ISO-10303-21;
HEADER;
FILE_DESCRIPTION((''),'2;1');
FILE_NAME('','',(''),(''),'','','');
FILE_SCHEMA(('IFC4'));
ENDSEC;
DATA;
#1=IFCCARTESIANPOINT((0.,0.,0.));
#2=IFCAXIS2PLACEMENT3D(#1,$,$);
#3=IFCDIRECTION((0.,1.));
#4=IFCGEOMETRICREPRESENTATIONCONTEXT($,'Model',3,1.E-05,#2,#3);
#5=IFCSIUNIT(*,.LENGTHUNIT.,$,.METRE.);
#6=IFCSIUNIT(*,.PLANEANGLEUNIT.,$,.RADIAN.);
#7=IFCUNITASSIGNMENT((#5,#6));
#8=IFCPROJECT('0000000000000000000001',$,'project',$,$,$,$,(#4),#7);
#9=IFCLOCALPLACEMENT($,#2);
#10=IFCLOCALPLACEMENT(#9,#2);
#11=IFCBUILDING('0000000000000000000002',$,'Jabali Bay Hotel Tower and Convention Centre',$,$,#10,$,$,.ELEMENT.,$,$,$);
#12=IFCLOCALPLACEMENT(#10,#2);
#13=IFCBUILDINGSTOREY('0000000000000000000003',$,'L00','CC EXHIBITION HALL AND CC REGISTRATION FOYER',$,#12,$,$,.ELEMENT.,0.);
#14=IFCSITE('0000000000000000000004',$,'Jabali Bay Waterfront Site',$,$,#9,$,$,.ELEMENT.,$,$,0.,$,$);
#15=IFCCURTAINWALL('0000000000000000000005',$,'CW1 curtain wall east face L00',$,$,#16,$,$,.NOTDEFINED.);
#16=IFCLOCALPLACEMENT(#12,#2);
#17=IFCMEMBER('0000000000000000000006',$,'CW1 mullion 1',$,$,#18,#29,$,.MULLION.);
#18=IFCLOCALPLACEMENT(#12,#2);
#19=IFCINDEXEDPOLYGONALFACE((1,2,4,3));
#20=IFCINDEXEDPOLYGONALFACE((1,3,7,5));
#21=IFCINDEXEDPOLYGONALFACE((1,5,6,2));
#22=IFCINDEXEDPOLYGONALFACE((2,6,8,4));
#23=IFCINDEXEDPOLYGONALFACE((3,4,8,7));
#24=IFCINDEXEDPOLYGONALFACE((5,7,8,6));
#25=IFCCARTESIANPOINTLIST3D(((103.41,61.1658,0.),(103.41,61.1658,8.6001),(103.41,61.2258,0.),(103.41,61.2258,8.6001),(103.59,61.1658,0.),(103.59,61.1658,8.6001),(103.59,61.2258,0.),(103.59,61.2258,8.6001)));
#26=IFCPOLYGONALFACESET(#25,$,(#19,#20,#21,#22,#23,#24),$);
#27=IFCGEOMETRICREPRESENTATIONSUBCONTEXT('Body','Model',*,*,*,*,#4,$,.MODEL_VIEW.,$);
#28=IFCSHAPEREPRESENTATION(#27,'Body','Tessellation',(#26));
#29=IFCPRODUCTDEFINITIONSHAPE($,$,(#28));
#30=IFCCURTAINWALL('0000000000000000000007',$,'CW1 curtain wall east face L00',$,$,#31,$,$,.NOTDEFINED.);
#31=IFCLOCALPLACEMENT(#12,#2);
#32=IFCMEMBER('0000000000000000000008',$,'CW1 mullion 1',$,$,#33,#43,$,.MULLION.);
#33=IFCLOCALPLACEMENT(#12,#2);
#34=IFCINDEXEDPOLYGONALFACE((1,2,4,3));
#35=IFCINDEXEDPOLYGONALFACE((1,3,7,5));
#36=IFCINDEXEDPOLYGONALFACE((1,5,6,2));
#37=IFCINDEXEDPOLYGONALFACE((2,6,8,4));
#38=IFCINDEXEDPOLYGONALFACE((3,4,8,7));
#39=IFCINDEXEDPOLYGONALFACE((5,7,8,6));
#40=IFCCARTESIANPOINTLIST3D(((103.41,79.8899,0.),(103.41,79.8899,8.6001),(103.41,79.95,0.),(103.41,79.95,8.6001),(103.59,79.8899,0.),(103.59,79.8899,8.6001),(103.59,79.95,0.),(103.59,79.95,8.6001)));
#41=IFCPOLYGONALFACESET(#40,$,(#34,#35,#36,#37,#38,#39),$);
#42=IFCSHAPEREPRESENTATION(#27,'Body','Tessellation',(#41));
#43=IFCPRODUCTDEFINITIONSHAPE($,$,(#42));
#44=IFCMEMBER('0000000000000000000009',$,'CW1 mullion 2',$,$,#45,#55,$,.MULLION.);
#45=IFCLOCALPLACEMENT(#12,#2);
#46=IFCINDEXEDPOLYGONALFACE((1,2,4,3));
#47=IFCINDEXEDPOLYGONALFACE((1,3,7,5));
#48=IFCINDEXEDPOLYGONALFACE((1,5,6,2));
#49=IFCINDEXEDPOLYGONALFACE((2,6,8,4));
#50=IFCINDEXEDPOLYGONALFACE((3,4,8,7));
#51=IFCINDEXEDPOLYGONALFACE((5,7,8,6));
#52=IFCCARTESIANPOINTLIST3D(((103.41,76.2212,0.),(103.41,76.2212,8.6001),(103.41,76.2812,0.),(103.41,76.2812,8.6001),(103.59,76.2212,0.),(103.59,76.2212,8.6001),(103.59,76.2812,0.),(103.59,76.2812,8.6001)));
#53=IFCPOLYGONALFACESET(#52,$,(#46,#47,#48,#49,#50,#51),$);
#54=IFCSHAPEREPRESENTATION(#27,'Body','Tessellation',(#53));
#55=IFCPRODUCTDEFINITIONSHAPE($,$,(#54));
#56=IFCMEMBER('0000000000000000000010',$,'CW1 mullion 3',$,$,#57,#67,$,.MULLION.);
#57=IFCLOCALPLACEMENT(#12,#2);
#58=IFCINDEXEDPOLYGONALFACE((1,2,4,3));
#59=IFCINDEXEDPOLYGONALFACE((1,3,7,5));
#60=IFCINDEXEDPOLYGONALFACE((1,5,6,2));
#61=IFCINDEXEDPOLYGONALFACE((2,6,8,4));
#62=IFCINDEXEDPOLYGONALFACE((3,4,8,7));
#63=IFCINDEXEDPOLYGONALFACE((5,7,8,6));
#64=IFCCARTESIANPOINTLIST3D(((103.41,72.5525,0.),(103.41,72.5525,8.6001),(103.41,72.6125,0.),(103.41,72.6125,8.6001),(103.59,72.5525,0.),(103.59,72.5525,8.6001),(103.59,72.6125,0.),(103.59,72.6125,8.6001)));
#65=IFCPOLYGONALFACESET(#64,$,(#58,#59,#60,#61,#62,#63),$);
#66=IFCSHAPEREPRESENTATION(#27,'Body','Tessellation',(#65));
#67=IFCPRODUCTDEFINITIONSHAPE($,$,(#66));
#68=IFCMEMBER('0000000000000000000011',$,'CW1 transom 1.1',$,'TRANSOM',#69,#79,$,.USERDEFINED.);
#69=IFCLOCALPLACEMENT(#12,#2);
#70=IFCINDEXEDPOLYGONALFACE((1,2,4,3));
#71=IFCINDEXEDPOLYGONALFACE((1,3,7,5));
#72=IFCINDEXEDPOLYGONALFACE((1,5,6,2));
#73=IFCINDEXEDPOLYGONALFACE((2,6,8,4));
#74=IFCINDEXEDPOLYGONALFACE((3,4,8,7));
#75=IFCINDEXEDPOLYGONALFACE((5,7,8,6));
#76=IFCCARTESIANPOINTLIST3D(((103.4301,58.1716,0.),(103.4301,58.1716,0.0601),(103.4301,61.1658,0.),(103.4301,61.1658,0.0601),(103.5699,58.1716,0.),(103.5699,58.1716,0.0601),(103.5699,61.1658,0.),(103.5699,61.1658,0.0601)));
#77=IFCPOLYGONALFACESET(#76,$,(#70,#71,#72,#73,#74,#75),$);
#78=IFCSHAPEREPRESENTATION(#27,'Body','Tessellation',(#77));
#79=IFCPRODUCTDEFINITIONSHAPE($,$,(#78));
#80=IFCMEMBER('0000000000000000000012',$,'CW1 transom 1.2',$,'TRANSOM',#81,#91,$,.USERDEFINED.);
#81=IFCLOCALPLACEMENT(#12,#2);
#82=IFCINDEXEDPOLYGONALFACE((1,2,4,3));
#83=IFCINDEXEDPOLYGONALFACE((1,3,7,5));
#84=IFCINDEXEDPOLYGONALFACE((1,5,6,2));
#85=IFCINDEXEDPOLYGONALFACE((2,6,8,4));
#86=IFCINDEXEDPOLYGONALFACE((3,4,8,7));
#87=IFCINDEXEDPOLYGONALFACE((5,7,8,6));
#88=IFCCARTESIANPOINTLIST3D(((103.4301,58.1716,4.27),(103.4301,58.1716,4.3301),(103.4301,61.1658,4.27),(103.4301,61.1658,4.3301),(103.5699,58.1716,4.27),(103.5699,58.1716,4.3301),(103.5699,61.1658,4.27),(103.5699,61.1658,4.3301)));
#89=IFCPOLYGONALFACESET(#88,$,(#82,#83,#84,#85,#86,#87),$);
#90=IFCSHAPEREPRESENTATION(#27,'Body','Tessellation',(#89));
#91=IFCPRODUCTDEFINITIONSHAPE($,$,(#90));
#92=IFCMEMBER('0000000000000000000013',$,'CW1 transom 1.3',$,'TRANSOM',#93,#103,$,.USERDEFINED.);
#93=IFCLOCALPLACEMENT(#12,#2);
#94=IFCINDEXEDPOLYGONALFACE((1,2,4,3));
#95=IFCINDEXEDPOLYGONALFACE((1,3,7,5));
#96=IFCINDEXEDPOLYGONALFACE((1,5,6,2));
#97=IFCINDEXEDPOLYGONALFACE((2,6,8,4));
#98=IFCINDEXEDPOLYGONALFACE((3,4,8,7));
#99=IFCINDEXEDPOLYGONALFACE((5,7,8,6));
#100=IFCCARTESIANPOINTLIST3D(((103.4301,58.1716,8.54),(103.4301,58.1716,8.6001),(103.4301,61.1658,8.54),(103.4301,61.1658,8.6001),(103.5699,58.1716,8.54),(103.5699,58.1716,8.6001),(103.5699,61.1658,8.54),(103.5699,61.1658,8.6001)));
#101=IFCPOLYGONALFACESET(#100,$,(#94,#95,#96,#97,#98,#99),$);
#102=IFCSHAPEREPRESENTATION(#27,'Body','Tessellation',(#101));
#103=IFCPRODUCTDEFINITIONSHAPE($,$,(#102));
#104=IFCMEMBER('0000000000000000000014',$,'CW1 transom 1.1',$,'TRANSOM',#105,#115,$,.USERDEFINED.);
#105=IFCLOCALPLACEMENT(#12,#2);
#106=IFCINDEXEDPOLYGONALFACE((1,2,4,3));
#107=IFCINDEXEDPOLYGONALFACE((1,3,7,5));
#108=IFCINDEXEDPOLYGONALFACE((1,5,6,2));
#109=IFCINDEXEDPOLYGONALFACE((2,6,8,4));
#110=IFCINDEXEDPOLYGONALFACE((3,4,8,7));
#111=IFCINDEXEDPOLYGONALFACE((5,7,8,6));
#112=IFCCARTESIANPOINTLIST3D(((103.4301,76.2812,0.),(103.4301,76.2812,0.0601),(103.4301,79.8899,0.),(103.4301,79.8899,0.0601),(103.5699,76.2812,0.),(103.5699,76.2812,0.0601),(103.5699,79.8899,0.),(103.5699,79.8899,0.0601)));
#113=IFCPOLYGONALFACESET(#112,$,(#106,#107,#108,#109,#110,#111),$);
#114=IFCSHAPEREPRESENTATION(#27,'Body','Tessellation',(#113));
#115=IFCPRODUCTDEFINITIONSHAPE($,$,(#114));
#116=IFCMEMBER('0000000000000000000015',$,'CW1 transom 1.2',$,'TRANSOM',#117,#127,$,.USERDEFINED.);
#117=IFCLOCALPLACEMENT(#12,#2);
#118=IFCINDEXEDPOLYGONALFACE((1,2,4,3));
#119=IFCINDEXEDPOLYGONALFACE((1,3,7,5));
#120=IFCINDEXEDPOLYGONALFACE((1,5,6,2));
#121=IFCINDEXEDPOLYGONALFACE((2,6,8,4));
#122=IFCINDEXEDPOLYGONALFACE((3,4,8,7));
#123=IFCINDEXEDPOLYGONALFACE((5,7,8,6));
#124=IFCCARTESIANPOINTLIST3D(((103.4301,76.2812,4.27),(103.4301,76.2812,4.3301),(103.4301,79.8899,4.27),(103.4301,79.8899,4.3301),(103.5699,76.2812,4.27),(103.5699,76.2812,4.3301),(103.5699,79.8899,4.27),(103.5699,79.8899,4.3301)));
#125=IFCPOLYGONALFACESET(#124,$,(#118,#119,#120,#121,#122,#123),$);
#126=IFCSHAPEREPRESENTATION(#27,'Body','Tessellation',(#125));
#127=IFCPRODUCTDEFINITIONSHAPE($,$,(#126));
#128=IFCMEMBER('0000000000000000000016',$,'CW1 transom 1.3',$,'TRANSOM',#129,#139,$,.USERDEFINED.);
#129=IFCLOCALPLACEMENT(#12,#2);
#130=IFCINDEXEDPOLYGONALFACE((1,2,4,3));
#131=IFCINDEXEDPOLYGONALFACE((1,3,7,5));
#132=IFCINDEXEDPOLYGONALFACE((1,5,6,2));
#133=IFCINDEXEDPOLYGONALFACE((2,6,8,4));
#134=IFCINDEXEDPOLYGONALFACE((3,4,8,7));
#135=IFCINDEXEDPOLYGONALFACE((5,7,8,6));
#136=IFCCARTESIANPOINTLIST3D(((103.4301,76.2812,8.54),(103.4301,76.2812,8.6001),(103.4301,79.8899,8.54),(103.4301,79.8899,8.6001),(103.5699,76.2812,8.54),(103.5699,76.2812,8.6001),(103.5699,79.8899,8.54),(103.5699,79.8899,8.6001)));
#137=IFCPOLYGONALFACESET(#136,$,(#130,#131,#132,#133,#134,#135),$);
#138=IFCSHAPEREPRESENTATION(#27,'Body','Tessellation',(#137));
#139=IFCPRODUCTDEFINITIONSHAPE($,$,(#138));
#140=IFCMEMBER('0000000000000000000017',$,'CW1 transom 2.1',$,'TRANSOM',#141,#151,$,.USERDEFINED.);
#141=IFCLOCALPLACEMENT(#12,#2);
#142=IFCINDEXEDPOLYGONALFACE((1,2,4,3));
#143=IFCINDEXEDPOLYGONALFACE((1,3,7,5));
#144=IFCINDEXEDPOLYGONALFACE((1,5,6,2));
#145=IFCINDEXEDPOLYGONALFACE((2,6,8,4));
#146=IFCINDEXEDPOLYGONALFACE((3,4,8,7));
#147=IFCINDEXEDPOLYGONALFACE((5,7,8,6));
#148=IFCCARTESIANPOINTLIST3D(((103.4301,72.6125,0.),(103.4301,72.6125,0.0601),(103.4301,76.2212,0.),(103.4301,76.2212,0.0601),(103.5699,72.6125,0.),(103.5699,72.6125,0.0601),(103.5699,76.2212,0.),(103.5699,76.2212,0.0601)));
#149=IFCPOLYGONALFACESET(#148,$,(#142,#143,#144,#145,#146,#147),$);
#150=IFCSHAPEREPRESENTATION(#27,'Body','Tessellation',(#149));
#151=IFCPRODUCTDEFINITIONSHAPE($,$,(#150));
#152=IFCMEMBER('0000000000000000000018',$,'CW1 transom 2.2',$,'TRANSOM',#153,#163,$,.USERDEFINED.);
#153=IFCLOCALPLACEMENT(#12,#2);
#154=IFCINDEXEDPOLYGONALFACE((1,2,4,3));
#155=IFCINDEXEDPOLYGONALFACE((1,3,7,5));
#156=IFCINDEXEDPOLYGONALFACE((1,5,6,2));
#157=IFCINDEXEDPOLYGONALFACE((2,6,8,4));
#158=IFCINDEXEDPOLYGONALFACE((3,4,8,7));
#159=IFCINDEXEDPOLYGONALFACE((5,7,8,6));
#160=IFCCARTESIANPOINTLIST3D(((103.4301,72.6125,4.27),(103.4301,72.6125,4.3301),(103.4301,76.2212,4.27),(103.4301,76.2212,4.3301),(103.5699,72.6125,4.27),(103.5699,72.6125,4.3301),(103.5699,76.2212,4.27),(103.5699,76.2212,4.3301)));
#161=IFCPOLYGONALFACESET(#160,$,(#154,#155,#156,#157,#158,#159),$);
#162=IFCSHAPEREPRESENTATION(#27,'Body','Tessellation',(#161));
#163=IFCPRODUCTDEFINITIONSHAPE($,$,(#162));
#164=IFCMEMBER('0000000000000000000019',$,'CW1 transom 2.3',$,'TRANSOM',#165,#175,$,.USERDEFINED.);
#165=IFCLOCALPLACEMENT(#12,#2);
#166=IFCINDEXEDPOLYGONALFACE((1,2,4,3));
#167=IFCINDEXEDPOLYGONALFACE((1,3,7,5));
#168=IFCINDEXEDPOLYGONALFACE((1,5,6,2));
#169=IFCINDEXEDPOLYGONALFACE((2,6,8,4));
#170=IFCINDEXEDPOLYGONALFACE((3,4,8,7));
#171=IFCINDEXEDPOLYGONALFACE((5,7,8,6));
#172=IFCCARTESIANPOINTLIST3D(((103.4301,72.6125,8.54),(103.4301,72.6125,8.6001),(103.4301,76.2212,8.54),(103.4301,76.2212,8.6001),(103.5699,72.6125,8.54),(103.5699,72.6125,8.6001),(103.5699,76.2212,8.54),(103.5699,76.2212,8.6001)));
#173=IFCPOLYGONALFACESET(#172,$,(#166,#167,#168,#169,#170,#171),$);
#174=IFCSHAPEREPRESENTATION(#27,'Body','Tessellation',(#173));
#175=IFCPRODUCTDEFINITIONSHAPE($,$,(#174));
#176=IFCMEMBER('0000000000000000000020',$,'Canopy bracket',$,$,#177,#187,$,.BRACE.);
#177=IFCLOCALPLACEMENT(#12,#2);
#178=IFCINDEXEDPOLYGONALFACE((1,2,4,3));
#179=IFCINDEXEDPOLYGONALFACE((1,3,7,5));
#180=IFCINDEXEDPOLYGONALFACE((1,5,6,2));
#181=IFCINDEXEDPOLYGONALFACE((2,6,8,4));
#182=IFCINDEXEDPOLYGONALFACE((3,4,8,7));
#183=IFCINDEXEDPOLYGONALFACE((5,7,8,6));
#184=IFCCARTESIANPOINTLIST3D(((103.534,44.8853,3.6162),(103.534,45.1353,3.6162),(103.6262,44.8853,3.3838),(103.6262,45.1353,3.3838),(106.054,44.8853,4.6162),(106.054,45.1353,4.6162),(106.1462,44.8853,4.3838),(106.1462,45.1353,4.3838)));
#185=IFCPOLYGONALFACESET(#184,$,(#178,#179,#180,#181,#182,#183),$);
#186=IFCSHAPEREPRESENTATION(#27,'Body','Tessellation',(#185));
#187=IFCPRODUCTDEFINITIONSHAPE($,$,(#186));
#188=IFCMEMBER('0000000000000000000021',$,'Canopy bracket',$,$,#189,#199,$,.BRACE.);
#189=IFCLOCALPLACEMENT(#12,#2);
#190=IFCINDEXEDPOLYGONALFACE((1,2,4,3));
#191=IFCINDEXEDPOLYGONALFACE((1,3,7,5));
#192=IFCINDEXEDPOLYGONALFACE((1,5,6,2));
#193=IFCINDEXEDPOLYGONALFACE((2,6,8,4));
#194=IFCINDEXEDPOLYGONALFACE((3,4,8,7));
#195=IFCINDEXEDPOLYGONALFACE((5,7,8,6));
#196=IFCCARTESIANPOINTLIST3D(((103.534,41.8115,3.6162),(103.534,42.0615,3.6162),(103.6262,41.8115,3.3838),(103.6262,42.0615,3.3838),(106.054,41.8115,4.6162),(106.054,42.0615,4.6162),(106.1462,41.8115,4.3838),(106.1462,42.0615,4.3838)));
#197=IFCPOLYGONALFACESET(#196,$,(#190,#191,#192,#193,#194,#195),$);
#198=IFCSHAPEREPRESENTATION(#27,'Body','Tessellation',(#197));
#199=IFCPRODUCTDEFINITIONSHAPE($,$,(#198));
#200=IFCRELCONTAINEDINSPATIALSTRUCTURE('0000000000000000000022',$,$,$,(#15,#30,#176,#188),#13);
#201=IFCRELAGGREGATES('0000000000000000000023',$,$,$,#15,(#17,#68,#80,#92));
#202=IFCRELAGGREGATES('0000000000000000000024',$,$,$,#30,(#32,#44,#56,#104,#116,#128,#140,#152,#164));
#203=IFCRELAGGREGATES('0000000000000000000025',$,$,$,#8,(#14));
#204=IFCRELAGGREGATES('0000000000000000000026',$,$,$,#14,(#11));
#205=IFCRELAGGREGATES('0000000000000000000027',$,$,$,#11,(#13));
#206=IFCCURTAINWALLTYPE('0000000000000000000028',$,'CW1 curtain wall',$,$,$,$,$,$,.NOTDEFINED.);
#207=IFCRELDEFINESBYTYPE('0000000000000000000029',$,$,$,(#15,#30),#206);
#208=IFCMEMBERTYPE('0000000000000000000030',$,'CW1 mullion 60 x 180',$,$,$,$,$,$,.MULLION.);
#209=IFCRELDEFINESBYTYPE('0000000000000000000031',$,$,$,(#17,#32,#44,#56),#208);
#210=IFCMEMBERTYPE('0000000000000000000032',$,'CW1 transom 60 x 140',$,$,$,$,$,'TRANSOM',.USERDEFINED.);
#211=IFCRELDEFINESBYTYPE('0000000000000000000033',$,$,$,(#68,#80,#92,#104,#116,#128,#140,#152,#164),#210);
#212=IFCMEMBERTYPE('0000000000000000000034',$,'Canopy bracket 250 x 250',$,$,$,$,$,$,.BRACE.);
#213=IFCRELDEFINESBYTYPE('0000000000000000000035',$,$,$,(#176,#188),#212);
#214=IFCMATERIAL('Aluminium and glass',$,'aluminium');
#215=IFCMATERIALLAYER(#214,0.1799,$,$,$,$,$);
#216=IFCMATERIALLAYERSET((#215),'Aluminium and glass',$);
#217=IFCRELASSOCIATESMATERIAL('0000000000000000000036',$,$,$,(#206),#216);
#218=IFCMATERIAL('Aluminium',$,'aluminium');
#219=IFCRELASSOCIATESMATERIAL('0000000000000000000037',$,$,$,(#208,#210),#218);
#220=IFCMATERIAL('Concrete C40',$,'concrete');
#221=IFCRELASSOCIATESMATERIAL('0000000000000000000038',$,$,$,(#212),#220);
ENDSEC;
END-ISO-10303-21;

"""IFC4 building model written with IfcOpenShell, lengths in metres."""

from ifc_helpers import new_model, si_unit, direction, frame, origin, origin_2d, place, context, subcontext, project, spatial, rectangle, extrude, material, layer, layer_set, material_profile, profile_set, type_object, element, aggregate, save


model = new_model("IFC4")

# Units and contexts
model_context = context("Model", 3, precision=1e-05, world=origin(), true_north=direction((0.0, 1.0)))
body_context = subcontext(model_context, "Body", "Model", "MODEL_VIEW")
ifc_project = project(units=[si_unit("LENGTHUNIT", "METRE"), si_unit("PLANEANGLEUNIT", "RADIAN")], contexts=[model_context])

# Site, building, storey
site_placement = place(None, origin())
site = spatial("IfcSite", under=ifc_project, at=site_placement, Name="Jabali Bay Waterfront Site", CompositionType="ELEMENT", RefElevation=0.0)
building_placement = place(site_placement, origin())
building = spatial("IfcBuilding", under=site, at=building_placement, Name="Jabali Bay Hotel Tower and Convention Centre", CompositionType="ELEMENT")
storey_placement = place(building_placement, origin())
storey = spatial("IfcBuildingStorey", under=building, at=storey_placement, Name="L00", Description="CC EXHIBITION HALL AND CC REGISTRATION FOYER", CompositionType="ELEMENT", Elevation=0.0)

# Curtain wall, member
ifc_material_1 = material(Name="Aluminium and glass", Category="aluminium")
ifc_layer_1 = layer(ifc_material_1, 0.1799)
ifc_layer_set_1 = layer_set([ifc_layer_1], Name="Aluminium and glass")
curtain_wall_type = type_object("IfcCurtainWallType", Name="CW1 curtain wall", PredefinedType="NOTDEFINED", material=ifc_layer_set_1)
curtain_wall_1_placement = place(storey_placement, origin())
curtain_wall_1 = element("IfcCurtainWall", 1, at=curtain_wall_1_placement, inside=storey, type_object=curtain_wall_type, Name="CW1 curtain wall east face L00", PredefinedType="NOTDEFINED")
ifc_material_2 = material(Name="Aluminium", Category="aluminium")
ifc_material_profile_1 = material_profile(ifc_material_2, rectangle(XDim=0.1799, YDim=0.0601, at=origin_2d()), Name="CW1 mullion 60 x 180")
ifc_profile_set_1 = profile_set([ifc_material_profile_1], Name="Aluminium")
member_type_1 = type_object("IfcMemberType", Name="CW1 mullion 60 x 180", PredefinedType="MULLION", material=ifc_profile_set_1)
member_1_placement = place(storey_placement, frame((103.5, 61.1958, 0.0), z_axis=(0.0, 0.0, 1.0), x_axis=(1.0, 0.0, 0.0)))
member_1 = element("IfcMember", 2, at=member_1_placement, type_object=member_type_1, Name="CW1 mullion 1", PredefinedType="MULLION", context=body_context, shape_type="SweptSolid", body=[
    extrude(rectangle(XDim=0.1799, YDim=0.0601, at=origin_2d()), origin(), (0.0, 0.0, 1.0), 8.6001),
])

# Curtain wall, members
curtain_wall_2_placement = place(storey_placement, origin())
curtain_wall_2 = element("IfcCurtainWall", 3, at=curtain_wall_2_placement, inside=storey, type_object=curtain_wall_type, Name="CW1 curtain wall east face L00", PredefinedType="NOTDEFINED")
member_2_placement = place(storey_placement, frame((103.5, 79.9199, 0.0), z_axis=(0.0, 0.0, 1.0), x_axis=(1.0, 0.0, 0.0)))
member_2 = element("IfcMember", 4, at=member_2_placement, type_object=member_type_1, Name="CW1 mullion 1", PredefinedType="MULLION", context=body_context, shape_type="SweptSolid", body=[
    extrude(rectangle(XDim=0.1799, YDim=0.0601, at=origin_2d()), origin(), (0.0, 0.0, 1.0), 8.6001),
])
member_3_placement = place(storey_placement, frame((103.5, 76.2512, 0.0), z_axis=(0.0, 0.0, 1.0), x_axis=(1.0, 0.0, 0.0)))
member_3 = element("IfcMember", 5, at=member_3_placement, type_object=member_type_1, Name="CW1 mullion 2", PredefinedType="MULLION", context=body_context, shape_type="SweptSolid", body=[
    extrude(rectangle(XDim=0.1799, YDim=0.0601, at=origin_2d()), origin(), (0.0, 0.0, 1.0), 8.6001),
])
member_4_placement = place(storey_placement, frame((103.5, 72.5825, 0.0), z_axis=(0.0, 0.0, 1.0), x_axis=(1.0, 0.0, 0.0)))
member_4 = element("IfcMember", 6, at=member_4_placement, type_object=member_type_1, Name="CW1 mullion 3", PredefinedType="MULLION", context=body_context, shape_type="SweptSolid", body=[
    extrude(rectangle(XDim=0.1799, YDim=0.0601, at=origin_2d()), origin(), (0.0, 0.0, 1.0), 8.6001),
])

# Members
ifc_material_profile_2 = material_profile(ifc_material_2, rectangle(XDim=0.1399, YDim=0.0601, at=origin_2d()), Name="CW1 transom 60 x 140")
ifc_profile_set_2 = profile_set([ifc_material_profile_2], Name="Aluminium")
member_type_2 = type_object("IfcMemberType", Name="CW1 transom 60 x 140", ElementType="TRANSOM", PredefinedType="USERDEFINED", material=ifc_profile_set_2)
member_5_placement = place(storey_placement, frame((103.5, 61.1658, 0.03), z_axis=(0.0, -1.0, 0.0), x_axis=(1.0, 0.0, 0.0)))
member_5 = element("IfcMember", 7, at=member_5_placement, type_object=member_type_2, Name="CW1 transom 1.1", ObjectType="TRANSOM", PredefinedType="USERDEFINED", context=body_context, shape_type="SweptSolid", body=[
    extrude(rectangle(XDim=0.1399, YDim=0.0601, at=origin_2d()), origin(), (0.0, 0.0, 1.0), 2.9941),
])
member_6_placement = place(storey_placement, frame((103.5, 61.1658, 4.3), z_axis=(0.0, -1.0, 0.0), x_axis=(1.0, 0.0, 0.0)))
member_6 = element("IfcMember", 8, at=member_6_placement, type_object=member_type_2, Name="CW1 transom 1.2", ObjectType="TRANSOM", PredefinedType="USERDEFINED", context=body_context, shape_type="SweptSolid", body=[
    extrude(rectangle(XDim=0.1399, YDim=0.0601, at=origin_2d()), origin(), (0.0, 0.0, 1.0), 2.9941),
])
member_7_placement = place(storey_placement, frame((103.5, 61.1658, 8.5701), z_axis=(0.0, -1.0, 0.0), x_axis=(1.0, 0.0, 0.0)))
member_7 = element("IfcMember", 9, at=member_7_placement, type_object=member_type_2, Name="CW1 transom 1.3", ObjectType="TRANSOM", PredefinedType="USERDEFINED", context=body_context, shape_type="SweptSolid", body=[
    extrude(rectangle(XDim=0.1399, YDim=0.0601, at=origin_2d()), origin(), (0.0, 0.0, 1.0), 2.9941),
])
member_8_placement = place(storey_placement, frame((103.5, 79.8899, 0.03), z_axis=(0.0, -1.0, 0.0), x_axis=(1.0, 0.0, 0.0)))
member_8 = element("IfcMember", 10, at=member_8_placement, type_object=member_type_2, Name="CW1 transom 1.1", ObjectType="TRANSOM", PredefinedType="USERDEFINED", context=body_context, shape_type="SweptSolid", body=[
    extrude(rectangle(XDim=0.1399, YDim=0.0601, at=origin_2d()), origin(), (0.0, 0.0, 1.0), 3.6086),
])
member_9_placement = place(storey_placement, frame((103.5, 79.8899, 4.3), z_axis=(0.0, -1.0, 0.0), x_axis=(1.0, 0.0, 0.0)))
member_9 = element("IfcMember", 11, at=member_9_placement, type_object=member_type_2, Name="CW1 transom 1.2", ObjectType="TRANSOM", PredefinedType="USERDEFINED", context=body_context, shape_type="SweptSolid", body=[
    extrude(rectangle(XDim=0.1399, YDim=0.0601, at=origin_2d()), origin(), (0.0, 0.0, 1.0), 3.6086),
])
member_10_placement = place(storey_placement, frame((103.5, 79.8899, 8.5701), z_axis=(0.0, -1.0, 0.0), x_axis=(1.0, 0.0, 0.0)))
member_10 = element("IfcMember", 12, at=member_10_placement, type_object=member_type_2, Name="CW1 transom 1.3", ObjectType="TRANSOM", PredefinedType="USERDEFINED", context=body_context, shape_type="SweptSolid", body=[
    extrude(rectangle(XDim=0.1399, YDim=0.0601, at=origin_2d()), origin(), (0.0, 0.0, 1.0), 3.6086),
])
member_11_placement = place(storey_placement, frame((103.5, 76.2212, 0.03), z_axis=(0.0, -1.0, 0.0), x_axis=(1.0, 0.0, 0.0)))
member_11 = element("IfcMember", 13, at=member_11_placement, type_object=member_type_2, Name="CW1 transom 2.1", ObjectType="TRANSOM", PredefinedType="USERDEFINED", context=body_context, shape_type="SweptSolid", body=[
    extrude(rectangle(XDim=0.1399, YDim=0.0601, at=origin_2d()), origin(), (0.0, 0.0, 1.0), 3.6086),
])
member_12_placement = place(storey_placement, frame((103.5, 76.2212, 4.3), z_axis=(0.0, -1.0, 0.0), x_axis=(1.0, 0.0, 0.0)))
member_12 = element("IfcMember", 14, at=member_12_placement, type_object=member_type_2, Name="CW1 transom 2.2", ObjectType="TRANSOM", PredefinedType="USERDEFINED", context=body_context, shape_type="SweptSolid", body=[
    extrude(rectangle(XDim=0.1399, YDim=0.0601, at=origin_2d()), origin(), (0.0, 0.0, 1.0), 3.6086),
])
member_13_placement = place(storey_placement, frame((103.5, 76.2212, 8.5701), z_axis=(0.0, -1.0, 0.0), x_axis=(1.0, 0.0, 0.0)))
member_13 = element("IfcMember", 15, at=member_13_placement, type_object=member_type_2, Name="CW1 transom 2.3", ObjectType="TRANSOM", PredefinedType="USERDEFINED", context=body_context, shape_type="SweptSolid", body=[
    extrude(rectangle(XDim=0.1399, YDim=0.0601, at=origin_2d()), origin(), (0.0, 0.0, 1.0), 3.6086),
])

# Members
ifc_material_3 = material(Name="Concrete C40", Category="concrete")
ifc_material_profile_3 = material_profile(ifc_material_3, rectangle(XDim=0.25, YDim=0.25, at=origin_2d()), Name="Canopy bracket 250 x 250")
ifc_profile_set_3 = profile_set([ifc_material_profile_3], Name="Concrete C40")
member_type_3 = type_object("IfcMemberType", Name="Canopy bracket 250 x 250", PredefinedType="BRACE", material=ifc_profile_set_3)
for number, where, z_axis, x_axis, name in (
    (16, (103.5801, 45.0103, 3.5), (0.929492, 0.0, 0.368843), (0.0, 1.0, 0.0), "Canopy bracket"),
    (17, (103.5801, 41.9365, 3.5), (0.929492, 0.0, 0.368843), (0.0, 1.0, 0.0), "Canopy bracket"),
):
    element("IfcMember", number, at=place(storey_placement, frame(where, z_axis=z_axis, x_axis=x_axis)), inside=storey, type_object=member_type_3, Name=name, PredefinedType="BRACE", context=body_context, shape_type="SweptSolid", body=[
        extrude(rectangle(XDim=0.25, YDim=0.25, at=origin_2d()), origin(), (0.0, 0.0, 1.0), 2.7112),
    ])

aggregate(curtain_wall_1, [member_1, member_5, member_6, member_7])
aggregate(curtain_wall_2, [member_2, member_3, member_4, member_8, member_9, member_10, member_11, member_12, member_13])

save(model, "model.ifc")
